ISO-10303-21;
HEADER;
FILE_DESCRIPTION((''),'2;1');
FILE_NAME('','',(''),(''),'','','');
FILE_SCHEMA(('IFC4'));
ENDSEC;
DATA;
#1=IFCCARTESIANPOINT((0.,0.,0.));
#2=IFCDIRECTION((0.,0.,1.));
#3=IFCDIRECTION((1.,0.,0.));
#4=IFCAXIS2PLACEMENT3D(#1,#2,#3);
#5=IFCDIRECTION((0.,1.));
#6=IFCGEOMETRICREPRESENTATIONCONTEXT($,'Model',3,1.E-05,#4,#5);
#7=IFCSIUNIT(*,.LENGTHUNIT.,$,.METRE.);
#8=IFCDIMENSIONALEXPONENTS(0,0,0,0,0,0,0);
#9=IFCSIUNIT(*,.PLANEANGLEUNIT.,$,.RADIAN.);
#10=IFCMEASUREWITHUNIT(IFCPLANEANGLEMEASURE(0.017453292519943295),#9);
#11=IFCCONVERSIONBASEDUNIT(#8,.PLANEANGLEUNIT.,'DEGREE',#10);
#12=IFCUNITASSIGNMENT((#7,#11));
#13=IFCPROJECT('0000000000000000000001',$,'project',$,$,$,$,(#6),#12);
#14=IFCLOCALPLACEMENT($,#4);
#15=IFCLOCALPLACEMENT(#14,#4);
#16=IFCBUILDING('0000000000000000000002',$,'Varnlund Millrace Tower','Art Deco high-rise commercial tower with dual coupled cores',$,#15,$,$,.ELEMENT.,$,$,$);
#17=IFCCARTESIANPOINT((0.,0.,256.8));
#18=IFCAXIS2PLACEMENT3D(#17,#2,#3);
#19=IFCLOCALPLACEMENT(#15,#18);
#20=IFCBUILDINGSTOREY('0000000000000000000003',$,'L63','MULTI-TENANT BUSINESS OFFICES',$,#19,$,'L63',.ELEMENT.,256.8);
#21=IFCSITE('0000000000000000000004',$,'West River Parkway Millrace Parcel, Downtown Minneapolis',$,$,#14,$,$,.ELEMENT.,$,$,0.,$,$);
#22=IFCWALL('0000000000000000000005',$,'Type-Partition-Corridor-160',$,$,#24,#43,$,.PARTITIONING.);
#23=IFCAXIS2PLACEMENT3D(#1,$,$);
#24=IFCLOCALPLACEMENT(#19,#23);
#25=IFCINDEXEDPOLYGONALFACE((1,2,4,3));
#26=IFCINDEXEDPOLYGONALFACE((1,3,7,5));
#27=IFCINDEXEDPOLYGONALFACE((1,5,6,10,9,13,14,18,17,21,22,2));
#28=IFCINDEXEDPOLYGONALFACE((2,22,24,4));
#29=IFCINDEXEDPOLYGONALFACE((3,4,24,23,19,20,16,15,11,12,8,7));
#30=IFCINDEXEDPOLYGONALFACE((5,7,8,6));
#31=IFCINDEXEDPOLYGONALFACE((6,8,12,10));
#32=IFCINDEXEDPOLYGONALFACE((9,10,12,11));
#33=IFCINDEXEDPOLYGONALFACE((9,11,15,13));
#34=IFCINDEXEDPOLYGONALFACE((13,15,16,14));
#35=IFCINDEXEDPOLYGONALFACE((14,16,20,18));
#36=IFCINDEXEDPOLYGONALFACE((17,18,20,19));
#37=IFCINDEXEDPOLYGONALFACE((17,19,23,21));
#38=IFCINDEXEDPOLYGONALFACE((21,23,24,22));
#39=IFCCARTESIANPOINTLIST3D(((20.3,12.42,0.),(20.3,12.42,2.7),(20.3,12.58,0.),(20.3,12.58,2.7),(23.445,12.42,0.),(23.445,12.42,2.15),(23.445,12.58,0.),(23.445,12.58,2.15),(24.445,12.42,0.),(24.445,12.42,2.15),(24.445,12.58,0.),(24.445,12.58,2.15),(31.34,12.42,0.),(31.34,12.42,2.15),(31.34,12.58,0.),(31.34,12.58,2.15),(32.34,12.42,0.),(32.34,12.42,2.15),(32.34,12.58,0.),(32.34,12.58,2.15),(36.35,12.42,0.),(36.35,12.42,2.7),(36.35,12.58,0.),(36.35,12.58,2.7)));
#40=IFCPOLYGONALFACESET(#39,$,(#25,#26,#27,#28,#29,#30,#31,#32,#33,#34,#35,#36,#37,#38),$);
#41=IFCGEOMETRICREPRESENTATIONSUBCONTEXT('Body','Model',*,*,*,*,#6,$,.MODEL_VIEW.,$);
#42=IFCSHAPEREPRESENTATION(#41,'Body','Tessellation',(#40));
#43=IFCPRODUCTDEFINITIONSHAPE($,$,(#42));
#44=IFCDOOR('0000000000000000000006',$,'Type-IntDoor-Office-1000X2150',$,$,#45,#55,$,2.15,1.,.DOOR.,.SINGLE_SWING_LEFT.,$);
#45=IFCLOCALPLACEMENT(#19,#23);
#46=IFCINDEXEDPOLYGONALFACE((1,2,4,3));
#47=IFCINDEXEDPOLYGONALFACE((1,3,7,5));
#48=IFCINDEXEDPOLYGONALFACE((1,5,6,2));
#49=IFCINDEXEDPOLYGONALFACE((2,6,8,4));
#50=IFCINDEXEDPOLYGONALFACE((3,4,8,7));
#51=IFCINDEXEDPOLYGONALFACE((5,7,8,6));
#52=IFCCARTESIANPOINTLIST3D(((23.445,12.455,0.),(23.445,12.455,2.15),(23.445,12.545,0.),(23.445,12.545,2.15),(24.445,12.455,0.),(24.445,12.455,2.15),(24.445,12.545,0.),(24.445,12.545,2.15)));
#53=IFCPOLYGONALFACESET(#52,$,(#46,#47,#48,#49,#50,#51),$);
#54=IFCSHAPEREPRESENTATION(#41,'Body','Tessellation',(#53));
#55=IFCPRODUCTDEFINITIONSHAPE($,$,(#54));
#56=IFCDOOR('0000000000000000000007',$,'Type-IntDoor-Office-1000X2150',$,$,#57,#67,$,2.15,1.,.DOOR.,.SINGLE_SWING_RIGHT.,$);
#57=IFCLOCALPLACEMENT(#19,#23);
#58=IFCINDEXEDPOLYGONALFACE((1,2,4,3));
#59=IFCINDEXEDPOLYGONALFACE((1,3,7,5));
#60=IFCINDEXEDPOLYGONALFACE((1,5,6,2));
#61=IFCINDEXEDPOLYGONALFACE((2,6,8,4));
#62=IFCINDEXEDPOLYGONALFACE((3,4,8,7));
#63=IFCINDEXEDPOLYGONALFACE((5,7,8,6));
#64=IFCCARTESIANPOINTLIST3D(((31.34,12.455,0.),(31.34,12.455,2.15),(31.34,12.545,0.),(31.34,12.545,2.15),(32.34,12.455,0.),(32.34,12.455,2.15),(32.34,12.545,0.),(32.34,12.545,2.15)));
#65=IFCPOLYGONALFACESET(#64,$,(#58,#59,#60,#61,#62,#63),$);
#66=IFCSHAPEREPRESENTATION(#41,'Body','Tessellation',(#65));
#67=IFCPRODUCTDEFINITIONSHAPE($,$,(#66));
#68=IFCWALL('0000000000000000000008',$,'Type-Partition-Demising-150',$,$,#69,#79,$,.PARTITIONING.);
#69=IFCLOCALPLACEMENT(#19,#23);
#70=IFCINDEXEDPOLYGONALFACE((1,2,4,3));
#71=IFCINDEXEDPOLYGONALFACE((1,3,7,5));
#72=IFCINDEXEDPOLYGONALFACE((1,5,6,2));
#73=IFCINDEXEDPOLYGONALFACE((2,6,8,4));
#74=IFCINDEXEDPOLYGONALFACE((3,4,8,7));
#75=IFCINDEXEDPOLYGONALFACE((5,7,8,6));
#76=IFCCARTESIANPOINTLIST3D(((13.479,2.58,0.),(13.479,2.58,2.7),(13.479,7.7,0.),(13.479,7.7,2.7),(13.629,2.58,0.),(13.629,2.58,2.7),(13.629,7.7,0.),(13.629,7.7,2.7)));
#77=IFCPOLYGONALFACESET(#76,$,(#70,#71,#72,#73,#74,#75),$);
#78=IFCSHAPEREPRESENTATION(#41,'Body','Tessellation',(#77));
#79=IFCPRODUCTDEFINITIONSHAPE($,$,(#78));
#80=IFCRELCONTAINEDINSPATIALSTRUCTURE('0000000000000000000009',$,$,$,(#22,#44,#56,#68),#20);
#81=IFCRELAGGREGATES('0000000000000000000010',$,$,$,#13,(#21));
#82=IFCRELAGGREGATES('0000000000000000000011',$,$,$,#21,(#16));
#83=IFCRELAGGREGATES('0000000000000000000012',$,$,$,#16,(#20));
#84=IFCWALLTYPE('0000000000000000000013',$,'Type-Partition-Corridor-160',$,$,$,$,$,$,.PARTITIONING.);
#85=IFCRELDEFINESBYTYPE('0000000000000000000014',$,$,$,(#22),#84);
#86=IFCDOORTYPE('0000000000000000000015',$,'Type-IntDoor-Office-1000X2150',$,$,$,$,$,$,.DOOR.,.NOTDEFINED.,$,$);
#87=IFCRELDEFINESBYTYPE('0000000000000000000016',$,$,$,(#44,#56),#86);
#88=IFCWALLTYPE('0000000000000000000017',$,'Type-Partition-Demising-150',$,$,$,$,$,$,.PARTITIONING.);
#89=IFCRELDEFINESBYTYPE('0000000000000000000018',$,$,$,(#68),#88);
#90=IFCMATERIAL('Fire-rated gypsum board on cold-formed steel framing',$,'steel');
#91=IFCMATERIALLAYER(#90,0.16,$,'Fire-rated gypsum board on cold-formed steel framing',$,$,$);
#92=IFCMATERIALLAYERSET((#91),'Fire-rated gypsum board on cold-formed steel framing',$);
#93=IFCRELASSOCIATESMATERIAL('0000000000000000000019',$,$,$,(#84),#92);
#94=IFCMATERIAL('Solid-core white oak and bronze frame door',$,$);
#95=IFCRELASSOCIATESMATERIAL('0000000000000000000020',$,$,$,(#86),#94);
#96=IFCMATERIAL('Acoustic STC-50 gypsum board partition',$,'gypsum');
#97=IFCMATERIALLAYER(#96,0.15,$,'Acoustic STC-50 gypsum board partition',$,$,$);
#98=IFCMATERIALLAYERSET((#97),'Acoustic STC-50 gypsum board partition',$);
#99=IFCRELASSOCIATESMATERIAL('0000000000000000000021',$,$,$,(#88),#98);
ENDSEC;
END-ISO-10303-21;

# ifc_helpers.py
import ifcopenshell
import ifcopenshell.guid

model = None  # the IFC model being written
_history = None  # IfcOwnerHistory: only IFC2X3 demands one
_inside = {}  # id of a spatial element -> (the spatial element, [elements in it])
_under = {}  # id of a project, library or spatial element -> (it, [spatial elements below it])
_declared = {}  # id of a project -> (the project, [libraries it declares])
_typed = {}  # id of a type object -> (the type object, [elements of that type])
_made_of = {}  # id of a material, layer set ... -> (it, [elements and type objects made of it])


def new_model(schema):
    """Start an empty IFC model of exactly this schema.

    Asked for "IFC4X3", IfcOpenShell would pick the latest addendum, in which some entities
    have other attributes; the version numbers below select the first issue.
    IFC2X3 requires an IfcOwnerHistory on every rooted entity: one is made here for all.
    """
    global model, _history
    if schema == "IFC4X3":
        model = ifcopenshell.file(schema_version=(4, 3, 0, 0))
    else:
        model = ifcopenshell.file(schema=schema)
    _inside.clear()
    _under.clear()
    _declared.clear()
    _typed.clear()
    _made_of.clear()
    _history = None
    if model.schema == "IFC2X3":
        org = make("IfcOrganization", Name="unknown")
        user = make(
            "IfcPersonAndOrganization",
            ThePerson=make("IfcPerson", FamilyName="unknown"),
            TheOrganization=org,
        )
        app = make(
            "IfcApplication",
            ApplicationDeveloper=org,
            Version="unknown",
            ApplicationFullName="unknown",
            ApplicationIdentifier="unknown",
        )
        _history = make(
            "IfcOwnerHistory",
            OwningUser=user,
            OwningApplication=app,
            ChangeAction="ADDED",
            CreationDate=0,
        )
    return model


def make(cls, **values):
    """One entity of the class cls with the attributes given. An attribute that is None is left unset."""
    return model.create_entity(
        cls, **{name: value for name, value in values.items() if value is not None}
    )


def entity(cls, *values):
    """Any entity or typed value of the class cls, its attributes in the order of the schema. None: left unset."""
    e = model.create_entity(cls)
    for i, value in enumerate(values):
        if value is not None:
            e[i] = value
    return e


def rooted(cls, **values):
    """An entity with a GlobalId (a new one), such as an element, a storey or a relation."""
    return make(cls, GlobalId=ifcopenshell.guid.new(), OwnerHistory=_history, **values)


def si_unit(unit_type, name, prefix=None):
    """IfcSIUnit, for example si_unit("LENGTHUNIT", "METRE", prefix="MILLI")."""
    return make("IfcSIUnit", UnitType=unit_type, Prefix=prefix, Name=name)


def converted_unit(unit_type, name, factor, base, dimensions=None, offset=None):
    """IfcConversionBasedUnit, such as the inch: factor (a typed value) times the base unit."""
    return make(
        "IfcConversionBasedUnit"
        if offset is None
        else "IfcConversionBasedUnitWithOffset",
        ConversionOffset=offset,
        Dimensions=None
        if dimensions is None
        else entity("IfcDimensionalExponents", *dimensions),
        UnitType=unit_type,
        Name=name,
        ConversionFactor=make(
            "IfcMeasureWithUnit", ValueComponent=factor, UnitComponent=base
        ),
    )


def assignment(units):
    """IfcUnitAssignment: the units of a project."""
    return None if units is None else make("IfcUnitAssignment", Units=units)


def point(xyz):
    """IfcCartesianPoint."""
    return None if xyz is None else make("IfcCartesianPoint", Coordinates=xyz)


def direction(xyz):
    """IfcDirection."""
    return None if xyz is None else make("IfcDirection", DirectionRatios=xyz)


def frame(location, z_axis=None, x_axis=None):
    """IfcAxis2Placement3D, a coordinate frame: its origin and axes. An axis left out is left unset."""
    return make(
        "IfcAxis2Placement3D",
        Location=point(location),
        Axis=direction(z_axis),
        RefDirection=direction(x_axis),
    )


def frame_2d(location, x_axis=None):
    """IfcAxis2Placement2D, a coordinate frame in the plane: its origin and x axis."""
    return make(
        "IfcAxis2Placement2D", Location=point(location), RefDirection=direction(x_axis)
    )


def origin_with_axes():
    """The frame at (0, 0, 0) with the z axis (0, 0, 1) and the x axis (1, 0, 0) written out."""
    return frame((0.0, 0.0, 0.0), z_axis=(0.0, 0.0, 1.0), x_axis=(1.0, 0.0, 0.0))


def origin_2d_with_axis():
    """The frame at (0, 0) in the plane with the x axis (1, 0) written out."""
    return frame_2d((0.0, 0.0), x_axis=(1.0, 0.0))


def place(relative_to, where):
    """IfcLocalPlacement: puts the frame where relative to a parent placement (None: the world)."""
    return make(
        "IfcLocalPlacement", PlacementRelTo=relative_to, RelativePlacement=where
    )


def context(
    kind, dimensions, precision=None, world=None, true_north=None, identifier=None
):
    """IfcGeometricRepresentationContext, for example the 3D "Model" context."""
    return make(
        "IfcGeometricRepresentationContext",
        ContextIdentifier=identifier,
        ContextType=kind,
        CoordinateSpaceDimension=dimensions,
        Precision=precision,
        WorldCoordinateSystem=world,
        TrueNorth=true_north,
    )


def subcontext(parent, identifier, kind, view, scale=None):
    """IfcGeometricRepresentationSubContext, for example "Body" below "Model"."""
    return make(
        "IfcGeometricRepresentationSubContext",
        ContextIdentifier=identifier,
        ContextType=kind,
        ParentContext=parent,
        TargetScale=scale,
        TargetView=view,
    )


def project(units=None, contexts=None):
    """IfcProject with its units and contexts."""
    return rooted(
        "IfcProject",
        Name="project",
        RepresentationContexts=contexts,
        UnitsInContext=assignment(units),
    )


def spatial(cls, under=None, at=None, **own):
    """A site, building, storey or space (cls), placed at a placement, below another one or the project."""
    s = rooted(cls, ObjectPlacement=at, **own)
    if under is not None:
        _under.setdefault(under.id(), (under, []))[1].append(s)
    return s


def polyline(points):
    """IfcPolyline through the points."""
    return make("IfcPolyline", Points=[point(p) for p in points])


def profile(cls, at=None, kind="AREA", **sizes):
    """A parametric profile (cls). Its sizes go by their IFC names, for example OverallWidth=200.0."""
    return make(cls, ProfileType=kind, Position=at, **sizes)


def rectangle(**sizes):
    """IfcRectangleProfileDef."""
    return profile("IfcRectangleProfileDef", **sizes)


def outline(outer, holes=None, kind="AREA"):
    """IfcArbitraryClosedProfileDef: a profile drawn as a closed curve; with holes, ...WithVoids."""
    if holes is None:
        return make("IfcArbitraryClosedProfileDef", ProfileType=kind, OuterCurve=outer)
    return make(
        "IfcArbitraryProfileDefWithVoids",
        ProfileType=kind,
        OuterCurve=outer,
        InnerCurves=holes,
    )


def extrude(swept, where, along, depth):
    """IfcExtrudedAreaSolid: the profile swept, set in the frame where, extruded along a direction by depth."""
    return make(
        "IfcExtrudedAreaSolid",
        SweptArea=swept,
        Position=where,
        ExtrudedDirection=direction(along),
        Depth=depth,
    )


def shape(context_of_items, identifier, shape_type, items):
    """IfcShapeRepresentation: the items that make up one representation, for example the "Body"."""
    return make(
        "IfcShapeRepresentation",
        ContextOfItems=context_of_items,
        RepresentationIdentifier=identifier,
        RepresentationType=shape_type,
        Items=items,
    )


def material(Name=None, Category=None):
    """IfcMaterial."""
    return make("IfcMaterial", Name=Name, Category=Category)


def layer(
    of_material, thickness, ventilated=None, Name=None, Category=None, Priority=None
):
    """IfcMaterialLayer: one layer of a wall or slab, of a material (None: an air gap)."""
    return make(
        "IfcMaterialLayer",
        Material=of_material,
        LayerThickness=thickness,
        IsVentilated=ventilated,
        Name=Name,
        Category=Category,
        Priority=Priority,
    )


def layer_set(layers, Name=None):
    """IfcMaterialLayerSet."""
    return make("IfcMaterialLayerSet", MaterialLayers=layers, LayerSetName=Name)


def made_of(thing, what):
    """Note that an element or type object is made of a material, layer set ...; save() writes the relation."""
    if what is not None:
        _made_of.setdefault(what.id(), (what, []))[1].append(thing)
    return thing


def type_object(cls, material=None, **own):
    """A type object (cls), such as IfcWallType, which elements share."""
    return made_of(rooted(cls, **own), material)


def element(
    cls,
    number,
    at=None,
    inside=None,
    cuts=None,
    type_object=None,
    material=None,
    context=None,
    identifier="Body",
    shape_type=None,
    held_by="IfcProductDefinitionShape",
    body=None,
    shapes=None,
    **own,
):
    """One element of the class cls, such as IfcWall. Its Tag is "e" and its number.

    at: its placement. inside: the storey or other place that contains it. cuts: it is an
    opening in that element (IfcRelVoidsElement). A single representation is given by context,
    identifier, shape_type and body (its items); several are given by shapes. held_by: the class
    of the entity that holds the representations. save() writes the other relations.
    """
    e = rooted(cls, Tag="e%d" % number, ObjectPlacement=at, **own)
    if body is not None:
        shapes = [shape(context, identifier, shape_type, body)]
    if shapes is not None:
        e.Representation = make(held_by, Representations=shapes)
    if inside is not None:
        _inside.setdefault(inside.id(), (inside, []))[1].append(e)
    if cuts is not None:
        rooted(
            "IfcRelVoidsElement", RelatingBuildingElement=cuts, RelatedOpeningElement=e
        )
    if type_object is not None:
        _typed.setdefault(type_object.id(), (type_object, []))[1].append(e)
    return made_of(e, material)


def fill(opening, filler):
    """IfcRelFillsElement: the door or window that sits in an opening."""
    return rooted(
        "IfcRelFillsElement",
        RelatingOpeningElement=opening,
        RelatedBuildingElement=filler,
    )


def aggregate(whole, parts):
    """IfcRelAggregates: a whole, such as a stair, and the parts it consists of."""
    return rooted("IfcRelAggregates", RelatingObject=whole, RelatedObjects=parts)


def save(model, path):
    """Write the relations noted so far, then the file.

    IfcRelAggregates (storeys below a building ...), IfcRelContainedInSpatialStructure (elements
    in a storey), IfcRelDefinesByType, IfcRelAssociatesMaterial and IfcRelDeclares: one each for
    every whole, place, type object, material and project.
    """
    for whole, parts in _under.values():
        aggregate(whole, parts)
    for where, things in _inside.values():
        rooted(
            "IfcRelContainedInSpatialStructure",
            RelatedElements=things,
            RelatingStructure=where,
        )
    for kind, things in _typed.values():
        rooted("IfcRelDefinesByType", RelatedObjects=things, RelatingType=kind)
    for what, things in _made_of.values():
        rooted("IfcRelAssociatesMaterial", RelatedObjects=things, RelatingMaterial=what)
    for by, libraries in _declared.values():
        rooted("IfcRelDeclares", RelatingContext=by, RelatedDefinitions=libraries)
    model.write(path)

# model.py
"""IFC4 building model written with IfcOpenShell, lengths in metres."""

from ifc_helpers import new_model, entity, si_unit, converted_unit, direction, frame, origin_with_axes, origin_2d_with_axis, place, context, subcontext, project, spatial, polyline, rectangle, outline, extrude, material, layer, layer_set, type_object, element, fill, save


model = new_model("IFC4")

# Units and contexts
model_context = context("Model", 3, precision=1e-05, world=origin_with_axes(), true_north=direction((0.0, 1.0)))
body_context = subcontext(model_context, "Body", "Model", "MODEL_VIEW")
ifc_project = project(units=[si_unit("LENGTHUNIT", "METRE"), converted_unit("PLANEANGLEUNIT", "DEGREE", entity("IfcPlaneAngleMeasure", 0.017453292519943295), si_unit("PLANEANGLEUNIT", "RADIAN"), dimensions=[0, 0, 0, 0, 0, 0, 0])], contexts=[model_context])

# Site, building, storey
site_placement = place(None, origin_with_axes())
site = spatial("IfcSite", under=ifc_project, at=site_placement, Name="West River Parkway Millrace Parcel, Downtown Minneapolis", CompositionType="ELEMENT", RefElevation=0.0)
building_placement = place(site_placement, origin_with_axes())
building = spatial("IfcBuilding", under=site, at=building_placement, Name="Varnlund Millrace Tower", Description="Art Deco high-rise commercial tower with dual coupled cores", CompositionType="ELEMENT")
storey_placement = place(building_placement, frame((0.0, 0.0, 256.8), z_axis=(0.0, 0.0, 1.0), x_axis=(1.0, 0.0, 0.0)))
storey = spatial("IfcBuildingStorey", under=building, at=storey_placement, Name="L63", Description="MULTI-TENANT BUSINESS OFFICES", LongName="L63", CompositionType="ELEMENT", Elevation=256.8)

# Wall, openings, doors
ifc_material_1 = material(Name="Fire-rated gypsum board on cold-formed steel framing", Category="steel")
ifc_layer_1 = layer(ifc_material_1, 0.16, Name="Fire-rated gypsum board on cold-formed steel framing")
ifc_layer_set_1 = layer_set([ifc_layer_1], Name="Fire-rated gypsum board on cold-formed steel framing")
wall_type_1 = type_object("IfcWallType", Name="Type-Partition-Corridor-160", PredefinedType="PARTITIONING", material=ifc_layer_set_1)
ifc_material_2 = material(Name="Solid-core white oak and bronze frame door")
door_type_1 = type_object("IfcDoorType", Name="Type-IntDoor-Office-1000X2150", OperationType="NOTDEFINED", PredefinedType="DOOR", material=ifc_material_2)
wall_1_placement = place(storey_placement, frame((20.3, 12.5, 0.0), z_axis=(0.0, 0.0, 1.0), x_axis=(1.0, 0.0, 0.0)))
wall_1 = element("IfcWall", 1, at=wall_1_placement, inside=storey, type_object=wall_type_1, Name="Type-Partition-Corridor-160", PredefinedType="PARTITIONING", context=body_context, shape_type="SweptSolid", body=[
    extrude(outline(polyline([(0.0, -0.08), (16.05, -0.08), (16.05, 0.08), (0.0, 0.08), (0.0, -0.08)])), origin_with_axes(), (0.0, 0.0, 1.0), 2.7),
])
opening_1_placement = place(wall_1_placement, frame((3.645, 0.0, 0.0), z_axis=(0.0, 0.0, 1.0), x_axis=(1.0, 0.0, 0.0)))
opening_1 = element("IfcOpeningElement", 2, at=opening_1_placement, cuts=wall_1, PredefinedType="OPENING", context=body_context, shape_type="SweptSolid", body=[
    extrude(rectangle(XDim=1.0, YDim=0.18, at=origin_2d_with_axis()), origin_with_axes(), (0.0, 0.0, 1.0), 2.15),
])
opening_2_placement = place(wall_1_placement, frame((11.54, 0.0, 0.0), z_axis=(0.0, 0.0, 1.0), x_axis=(1.0, 0.0, 0.0)))
opening_2 = element("IfcOpeningElement", 3, at=opening_2_placement, cuts=wall_1, PredefinedType="OPENING", context=body_context, shape_type="SweptSolid", body=[
    extrude(rectangle(XDim=1.0, YDim=0.18, at=origin_2d_with_axis()), origin_with_axes(), (0.0, 0.0, 1.0), 2.15),
])
door_1_placement = place(wall_1_placement, frame((3.645, 0.0, 0.0), z_axis=(0.0, 0.0, 1.0), x_axis=(1.0, 0.0, 0.0)))
door_1 = element("IfcDoor", 4, at=door_1_placement, inside=storey, type_object=door_type_1, Name="Type-IntDoor-Office-1000X2150", OperationType="SINGLE_SWING_LEFT", OverallHeight=2.15, OverallWidth=1.0, PredefinedType="DOOR", context=body_context, shape_type="SweptSolid", body=[
    extrude(rectangle(XDim=1.0, YDim=0.09, at=origin_2d_with_axis()), origin_with_axes(), (0.0, 0.0, 1.0), 2.15),
])
fill(opening_1, door_1)
door_2_placement = place(wall_1_placement, frame((11.54, 0.0, 0.0), z_axis=(0.0, 0.0, 1.0), x_axis=(1.0, 0.0, 0.0)))
door_2 = element("IfcDoor", 5, at=door_2_placement, inside=storey, type_object=door_type_1, Name="Type-IntDoor-Office-1000X2150", OperationType="SINGLE_SWING_RIGHT", OverallHeight=2.15, OverallWidth=1.0, PredefinedType="DOOR", context=body_context, shape_type="SweptSolid", body=[
    extrude(rectangle(XDim=1.0, YDim=0.09, at=origin_2d_with_axis()), origin_with_axes(), (0.0, 0.0, 1.0), 2.15),
])
fill(opening_2, door_2)

# Wall
ifc_material_3 = material(Name="Acoustic STC-50 gypsum board partition", Category="gypsum")
ifc_layer_2 = layer(ifc_material_3, 0.15, Name="Acoustic STC-50 gypsum board partition")
ifc_layer_set_2 = layer_set([ifc_layer_2], Name="Acoustic STC-50 gypsum board partition")
wall_type_2 = type_object("IfcWallType", Name="Type-Partition-Demising-150", PredefinedType="PARTITIONING", material=ifc_layer_set_2)
wall_2_placement = place(storey_placement, frame((13.554, 2.58, 0.0), z_axis=(0.0, 0.0, 1.0), x_axis=(0.0, 1.0, 0.0)))
element("IfcWall", 6, at=wall_2_placement, inside=storey, type_object=wall_type_2, Name="Type-Partition-Demising-150", PredefinedType="PARTITIONING", context=body_context, shape_type="SweptSolid", body=[
    extrude(outline(polyline([(0.0, -0.075), (5.12, -0.075), (5.12, 0.075), (0.0, 0.075), (0.0, -0.075)])), origin_with_axes(), (0.0, 0.0, 1.0), 2.7),
])

save(model, "model.ifc")
